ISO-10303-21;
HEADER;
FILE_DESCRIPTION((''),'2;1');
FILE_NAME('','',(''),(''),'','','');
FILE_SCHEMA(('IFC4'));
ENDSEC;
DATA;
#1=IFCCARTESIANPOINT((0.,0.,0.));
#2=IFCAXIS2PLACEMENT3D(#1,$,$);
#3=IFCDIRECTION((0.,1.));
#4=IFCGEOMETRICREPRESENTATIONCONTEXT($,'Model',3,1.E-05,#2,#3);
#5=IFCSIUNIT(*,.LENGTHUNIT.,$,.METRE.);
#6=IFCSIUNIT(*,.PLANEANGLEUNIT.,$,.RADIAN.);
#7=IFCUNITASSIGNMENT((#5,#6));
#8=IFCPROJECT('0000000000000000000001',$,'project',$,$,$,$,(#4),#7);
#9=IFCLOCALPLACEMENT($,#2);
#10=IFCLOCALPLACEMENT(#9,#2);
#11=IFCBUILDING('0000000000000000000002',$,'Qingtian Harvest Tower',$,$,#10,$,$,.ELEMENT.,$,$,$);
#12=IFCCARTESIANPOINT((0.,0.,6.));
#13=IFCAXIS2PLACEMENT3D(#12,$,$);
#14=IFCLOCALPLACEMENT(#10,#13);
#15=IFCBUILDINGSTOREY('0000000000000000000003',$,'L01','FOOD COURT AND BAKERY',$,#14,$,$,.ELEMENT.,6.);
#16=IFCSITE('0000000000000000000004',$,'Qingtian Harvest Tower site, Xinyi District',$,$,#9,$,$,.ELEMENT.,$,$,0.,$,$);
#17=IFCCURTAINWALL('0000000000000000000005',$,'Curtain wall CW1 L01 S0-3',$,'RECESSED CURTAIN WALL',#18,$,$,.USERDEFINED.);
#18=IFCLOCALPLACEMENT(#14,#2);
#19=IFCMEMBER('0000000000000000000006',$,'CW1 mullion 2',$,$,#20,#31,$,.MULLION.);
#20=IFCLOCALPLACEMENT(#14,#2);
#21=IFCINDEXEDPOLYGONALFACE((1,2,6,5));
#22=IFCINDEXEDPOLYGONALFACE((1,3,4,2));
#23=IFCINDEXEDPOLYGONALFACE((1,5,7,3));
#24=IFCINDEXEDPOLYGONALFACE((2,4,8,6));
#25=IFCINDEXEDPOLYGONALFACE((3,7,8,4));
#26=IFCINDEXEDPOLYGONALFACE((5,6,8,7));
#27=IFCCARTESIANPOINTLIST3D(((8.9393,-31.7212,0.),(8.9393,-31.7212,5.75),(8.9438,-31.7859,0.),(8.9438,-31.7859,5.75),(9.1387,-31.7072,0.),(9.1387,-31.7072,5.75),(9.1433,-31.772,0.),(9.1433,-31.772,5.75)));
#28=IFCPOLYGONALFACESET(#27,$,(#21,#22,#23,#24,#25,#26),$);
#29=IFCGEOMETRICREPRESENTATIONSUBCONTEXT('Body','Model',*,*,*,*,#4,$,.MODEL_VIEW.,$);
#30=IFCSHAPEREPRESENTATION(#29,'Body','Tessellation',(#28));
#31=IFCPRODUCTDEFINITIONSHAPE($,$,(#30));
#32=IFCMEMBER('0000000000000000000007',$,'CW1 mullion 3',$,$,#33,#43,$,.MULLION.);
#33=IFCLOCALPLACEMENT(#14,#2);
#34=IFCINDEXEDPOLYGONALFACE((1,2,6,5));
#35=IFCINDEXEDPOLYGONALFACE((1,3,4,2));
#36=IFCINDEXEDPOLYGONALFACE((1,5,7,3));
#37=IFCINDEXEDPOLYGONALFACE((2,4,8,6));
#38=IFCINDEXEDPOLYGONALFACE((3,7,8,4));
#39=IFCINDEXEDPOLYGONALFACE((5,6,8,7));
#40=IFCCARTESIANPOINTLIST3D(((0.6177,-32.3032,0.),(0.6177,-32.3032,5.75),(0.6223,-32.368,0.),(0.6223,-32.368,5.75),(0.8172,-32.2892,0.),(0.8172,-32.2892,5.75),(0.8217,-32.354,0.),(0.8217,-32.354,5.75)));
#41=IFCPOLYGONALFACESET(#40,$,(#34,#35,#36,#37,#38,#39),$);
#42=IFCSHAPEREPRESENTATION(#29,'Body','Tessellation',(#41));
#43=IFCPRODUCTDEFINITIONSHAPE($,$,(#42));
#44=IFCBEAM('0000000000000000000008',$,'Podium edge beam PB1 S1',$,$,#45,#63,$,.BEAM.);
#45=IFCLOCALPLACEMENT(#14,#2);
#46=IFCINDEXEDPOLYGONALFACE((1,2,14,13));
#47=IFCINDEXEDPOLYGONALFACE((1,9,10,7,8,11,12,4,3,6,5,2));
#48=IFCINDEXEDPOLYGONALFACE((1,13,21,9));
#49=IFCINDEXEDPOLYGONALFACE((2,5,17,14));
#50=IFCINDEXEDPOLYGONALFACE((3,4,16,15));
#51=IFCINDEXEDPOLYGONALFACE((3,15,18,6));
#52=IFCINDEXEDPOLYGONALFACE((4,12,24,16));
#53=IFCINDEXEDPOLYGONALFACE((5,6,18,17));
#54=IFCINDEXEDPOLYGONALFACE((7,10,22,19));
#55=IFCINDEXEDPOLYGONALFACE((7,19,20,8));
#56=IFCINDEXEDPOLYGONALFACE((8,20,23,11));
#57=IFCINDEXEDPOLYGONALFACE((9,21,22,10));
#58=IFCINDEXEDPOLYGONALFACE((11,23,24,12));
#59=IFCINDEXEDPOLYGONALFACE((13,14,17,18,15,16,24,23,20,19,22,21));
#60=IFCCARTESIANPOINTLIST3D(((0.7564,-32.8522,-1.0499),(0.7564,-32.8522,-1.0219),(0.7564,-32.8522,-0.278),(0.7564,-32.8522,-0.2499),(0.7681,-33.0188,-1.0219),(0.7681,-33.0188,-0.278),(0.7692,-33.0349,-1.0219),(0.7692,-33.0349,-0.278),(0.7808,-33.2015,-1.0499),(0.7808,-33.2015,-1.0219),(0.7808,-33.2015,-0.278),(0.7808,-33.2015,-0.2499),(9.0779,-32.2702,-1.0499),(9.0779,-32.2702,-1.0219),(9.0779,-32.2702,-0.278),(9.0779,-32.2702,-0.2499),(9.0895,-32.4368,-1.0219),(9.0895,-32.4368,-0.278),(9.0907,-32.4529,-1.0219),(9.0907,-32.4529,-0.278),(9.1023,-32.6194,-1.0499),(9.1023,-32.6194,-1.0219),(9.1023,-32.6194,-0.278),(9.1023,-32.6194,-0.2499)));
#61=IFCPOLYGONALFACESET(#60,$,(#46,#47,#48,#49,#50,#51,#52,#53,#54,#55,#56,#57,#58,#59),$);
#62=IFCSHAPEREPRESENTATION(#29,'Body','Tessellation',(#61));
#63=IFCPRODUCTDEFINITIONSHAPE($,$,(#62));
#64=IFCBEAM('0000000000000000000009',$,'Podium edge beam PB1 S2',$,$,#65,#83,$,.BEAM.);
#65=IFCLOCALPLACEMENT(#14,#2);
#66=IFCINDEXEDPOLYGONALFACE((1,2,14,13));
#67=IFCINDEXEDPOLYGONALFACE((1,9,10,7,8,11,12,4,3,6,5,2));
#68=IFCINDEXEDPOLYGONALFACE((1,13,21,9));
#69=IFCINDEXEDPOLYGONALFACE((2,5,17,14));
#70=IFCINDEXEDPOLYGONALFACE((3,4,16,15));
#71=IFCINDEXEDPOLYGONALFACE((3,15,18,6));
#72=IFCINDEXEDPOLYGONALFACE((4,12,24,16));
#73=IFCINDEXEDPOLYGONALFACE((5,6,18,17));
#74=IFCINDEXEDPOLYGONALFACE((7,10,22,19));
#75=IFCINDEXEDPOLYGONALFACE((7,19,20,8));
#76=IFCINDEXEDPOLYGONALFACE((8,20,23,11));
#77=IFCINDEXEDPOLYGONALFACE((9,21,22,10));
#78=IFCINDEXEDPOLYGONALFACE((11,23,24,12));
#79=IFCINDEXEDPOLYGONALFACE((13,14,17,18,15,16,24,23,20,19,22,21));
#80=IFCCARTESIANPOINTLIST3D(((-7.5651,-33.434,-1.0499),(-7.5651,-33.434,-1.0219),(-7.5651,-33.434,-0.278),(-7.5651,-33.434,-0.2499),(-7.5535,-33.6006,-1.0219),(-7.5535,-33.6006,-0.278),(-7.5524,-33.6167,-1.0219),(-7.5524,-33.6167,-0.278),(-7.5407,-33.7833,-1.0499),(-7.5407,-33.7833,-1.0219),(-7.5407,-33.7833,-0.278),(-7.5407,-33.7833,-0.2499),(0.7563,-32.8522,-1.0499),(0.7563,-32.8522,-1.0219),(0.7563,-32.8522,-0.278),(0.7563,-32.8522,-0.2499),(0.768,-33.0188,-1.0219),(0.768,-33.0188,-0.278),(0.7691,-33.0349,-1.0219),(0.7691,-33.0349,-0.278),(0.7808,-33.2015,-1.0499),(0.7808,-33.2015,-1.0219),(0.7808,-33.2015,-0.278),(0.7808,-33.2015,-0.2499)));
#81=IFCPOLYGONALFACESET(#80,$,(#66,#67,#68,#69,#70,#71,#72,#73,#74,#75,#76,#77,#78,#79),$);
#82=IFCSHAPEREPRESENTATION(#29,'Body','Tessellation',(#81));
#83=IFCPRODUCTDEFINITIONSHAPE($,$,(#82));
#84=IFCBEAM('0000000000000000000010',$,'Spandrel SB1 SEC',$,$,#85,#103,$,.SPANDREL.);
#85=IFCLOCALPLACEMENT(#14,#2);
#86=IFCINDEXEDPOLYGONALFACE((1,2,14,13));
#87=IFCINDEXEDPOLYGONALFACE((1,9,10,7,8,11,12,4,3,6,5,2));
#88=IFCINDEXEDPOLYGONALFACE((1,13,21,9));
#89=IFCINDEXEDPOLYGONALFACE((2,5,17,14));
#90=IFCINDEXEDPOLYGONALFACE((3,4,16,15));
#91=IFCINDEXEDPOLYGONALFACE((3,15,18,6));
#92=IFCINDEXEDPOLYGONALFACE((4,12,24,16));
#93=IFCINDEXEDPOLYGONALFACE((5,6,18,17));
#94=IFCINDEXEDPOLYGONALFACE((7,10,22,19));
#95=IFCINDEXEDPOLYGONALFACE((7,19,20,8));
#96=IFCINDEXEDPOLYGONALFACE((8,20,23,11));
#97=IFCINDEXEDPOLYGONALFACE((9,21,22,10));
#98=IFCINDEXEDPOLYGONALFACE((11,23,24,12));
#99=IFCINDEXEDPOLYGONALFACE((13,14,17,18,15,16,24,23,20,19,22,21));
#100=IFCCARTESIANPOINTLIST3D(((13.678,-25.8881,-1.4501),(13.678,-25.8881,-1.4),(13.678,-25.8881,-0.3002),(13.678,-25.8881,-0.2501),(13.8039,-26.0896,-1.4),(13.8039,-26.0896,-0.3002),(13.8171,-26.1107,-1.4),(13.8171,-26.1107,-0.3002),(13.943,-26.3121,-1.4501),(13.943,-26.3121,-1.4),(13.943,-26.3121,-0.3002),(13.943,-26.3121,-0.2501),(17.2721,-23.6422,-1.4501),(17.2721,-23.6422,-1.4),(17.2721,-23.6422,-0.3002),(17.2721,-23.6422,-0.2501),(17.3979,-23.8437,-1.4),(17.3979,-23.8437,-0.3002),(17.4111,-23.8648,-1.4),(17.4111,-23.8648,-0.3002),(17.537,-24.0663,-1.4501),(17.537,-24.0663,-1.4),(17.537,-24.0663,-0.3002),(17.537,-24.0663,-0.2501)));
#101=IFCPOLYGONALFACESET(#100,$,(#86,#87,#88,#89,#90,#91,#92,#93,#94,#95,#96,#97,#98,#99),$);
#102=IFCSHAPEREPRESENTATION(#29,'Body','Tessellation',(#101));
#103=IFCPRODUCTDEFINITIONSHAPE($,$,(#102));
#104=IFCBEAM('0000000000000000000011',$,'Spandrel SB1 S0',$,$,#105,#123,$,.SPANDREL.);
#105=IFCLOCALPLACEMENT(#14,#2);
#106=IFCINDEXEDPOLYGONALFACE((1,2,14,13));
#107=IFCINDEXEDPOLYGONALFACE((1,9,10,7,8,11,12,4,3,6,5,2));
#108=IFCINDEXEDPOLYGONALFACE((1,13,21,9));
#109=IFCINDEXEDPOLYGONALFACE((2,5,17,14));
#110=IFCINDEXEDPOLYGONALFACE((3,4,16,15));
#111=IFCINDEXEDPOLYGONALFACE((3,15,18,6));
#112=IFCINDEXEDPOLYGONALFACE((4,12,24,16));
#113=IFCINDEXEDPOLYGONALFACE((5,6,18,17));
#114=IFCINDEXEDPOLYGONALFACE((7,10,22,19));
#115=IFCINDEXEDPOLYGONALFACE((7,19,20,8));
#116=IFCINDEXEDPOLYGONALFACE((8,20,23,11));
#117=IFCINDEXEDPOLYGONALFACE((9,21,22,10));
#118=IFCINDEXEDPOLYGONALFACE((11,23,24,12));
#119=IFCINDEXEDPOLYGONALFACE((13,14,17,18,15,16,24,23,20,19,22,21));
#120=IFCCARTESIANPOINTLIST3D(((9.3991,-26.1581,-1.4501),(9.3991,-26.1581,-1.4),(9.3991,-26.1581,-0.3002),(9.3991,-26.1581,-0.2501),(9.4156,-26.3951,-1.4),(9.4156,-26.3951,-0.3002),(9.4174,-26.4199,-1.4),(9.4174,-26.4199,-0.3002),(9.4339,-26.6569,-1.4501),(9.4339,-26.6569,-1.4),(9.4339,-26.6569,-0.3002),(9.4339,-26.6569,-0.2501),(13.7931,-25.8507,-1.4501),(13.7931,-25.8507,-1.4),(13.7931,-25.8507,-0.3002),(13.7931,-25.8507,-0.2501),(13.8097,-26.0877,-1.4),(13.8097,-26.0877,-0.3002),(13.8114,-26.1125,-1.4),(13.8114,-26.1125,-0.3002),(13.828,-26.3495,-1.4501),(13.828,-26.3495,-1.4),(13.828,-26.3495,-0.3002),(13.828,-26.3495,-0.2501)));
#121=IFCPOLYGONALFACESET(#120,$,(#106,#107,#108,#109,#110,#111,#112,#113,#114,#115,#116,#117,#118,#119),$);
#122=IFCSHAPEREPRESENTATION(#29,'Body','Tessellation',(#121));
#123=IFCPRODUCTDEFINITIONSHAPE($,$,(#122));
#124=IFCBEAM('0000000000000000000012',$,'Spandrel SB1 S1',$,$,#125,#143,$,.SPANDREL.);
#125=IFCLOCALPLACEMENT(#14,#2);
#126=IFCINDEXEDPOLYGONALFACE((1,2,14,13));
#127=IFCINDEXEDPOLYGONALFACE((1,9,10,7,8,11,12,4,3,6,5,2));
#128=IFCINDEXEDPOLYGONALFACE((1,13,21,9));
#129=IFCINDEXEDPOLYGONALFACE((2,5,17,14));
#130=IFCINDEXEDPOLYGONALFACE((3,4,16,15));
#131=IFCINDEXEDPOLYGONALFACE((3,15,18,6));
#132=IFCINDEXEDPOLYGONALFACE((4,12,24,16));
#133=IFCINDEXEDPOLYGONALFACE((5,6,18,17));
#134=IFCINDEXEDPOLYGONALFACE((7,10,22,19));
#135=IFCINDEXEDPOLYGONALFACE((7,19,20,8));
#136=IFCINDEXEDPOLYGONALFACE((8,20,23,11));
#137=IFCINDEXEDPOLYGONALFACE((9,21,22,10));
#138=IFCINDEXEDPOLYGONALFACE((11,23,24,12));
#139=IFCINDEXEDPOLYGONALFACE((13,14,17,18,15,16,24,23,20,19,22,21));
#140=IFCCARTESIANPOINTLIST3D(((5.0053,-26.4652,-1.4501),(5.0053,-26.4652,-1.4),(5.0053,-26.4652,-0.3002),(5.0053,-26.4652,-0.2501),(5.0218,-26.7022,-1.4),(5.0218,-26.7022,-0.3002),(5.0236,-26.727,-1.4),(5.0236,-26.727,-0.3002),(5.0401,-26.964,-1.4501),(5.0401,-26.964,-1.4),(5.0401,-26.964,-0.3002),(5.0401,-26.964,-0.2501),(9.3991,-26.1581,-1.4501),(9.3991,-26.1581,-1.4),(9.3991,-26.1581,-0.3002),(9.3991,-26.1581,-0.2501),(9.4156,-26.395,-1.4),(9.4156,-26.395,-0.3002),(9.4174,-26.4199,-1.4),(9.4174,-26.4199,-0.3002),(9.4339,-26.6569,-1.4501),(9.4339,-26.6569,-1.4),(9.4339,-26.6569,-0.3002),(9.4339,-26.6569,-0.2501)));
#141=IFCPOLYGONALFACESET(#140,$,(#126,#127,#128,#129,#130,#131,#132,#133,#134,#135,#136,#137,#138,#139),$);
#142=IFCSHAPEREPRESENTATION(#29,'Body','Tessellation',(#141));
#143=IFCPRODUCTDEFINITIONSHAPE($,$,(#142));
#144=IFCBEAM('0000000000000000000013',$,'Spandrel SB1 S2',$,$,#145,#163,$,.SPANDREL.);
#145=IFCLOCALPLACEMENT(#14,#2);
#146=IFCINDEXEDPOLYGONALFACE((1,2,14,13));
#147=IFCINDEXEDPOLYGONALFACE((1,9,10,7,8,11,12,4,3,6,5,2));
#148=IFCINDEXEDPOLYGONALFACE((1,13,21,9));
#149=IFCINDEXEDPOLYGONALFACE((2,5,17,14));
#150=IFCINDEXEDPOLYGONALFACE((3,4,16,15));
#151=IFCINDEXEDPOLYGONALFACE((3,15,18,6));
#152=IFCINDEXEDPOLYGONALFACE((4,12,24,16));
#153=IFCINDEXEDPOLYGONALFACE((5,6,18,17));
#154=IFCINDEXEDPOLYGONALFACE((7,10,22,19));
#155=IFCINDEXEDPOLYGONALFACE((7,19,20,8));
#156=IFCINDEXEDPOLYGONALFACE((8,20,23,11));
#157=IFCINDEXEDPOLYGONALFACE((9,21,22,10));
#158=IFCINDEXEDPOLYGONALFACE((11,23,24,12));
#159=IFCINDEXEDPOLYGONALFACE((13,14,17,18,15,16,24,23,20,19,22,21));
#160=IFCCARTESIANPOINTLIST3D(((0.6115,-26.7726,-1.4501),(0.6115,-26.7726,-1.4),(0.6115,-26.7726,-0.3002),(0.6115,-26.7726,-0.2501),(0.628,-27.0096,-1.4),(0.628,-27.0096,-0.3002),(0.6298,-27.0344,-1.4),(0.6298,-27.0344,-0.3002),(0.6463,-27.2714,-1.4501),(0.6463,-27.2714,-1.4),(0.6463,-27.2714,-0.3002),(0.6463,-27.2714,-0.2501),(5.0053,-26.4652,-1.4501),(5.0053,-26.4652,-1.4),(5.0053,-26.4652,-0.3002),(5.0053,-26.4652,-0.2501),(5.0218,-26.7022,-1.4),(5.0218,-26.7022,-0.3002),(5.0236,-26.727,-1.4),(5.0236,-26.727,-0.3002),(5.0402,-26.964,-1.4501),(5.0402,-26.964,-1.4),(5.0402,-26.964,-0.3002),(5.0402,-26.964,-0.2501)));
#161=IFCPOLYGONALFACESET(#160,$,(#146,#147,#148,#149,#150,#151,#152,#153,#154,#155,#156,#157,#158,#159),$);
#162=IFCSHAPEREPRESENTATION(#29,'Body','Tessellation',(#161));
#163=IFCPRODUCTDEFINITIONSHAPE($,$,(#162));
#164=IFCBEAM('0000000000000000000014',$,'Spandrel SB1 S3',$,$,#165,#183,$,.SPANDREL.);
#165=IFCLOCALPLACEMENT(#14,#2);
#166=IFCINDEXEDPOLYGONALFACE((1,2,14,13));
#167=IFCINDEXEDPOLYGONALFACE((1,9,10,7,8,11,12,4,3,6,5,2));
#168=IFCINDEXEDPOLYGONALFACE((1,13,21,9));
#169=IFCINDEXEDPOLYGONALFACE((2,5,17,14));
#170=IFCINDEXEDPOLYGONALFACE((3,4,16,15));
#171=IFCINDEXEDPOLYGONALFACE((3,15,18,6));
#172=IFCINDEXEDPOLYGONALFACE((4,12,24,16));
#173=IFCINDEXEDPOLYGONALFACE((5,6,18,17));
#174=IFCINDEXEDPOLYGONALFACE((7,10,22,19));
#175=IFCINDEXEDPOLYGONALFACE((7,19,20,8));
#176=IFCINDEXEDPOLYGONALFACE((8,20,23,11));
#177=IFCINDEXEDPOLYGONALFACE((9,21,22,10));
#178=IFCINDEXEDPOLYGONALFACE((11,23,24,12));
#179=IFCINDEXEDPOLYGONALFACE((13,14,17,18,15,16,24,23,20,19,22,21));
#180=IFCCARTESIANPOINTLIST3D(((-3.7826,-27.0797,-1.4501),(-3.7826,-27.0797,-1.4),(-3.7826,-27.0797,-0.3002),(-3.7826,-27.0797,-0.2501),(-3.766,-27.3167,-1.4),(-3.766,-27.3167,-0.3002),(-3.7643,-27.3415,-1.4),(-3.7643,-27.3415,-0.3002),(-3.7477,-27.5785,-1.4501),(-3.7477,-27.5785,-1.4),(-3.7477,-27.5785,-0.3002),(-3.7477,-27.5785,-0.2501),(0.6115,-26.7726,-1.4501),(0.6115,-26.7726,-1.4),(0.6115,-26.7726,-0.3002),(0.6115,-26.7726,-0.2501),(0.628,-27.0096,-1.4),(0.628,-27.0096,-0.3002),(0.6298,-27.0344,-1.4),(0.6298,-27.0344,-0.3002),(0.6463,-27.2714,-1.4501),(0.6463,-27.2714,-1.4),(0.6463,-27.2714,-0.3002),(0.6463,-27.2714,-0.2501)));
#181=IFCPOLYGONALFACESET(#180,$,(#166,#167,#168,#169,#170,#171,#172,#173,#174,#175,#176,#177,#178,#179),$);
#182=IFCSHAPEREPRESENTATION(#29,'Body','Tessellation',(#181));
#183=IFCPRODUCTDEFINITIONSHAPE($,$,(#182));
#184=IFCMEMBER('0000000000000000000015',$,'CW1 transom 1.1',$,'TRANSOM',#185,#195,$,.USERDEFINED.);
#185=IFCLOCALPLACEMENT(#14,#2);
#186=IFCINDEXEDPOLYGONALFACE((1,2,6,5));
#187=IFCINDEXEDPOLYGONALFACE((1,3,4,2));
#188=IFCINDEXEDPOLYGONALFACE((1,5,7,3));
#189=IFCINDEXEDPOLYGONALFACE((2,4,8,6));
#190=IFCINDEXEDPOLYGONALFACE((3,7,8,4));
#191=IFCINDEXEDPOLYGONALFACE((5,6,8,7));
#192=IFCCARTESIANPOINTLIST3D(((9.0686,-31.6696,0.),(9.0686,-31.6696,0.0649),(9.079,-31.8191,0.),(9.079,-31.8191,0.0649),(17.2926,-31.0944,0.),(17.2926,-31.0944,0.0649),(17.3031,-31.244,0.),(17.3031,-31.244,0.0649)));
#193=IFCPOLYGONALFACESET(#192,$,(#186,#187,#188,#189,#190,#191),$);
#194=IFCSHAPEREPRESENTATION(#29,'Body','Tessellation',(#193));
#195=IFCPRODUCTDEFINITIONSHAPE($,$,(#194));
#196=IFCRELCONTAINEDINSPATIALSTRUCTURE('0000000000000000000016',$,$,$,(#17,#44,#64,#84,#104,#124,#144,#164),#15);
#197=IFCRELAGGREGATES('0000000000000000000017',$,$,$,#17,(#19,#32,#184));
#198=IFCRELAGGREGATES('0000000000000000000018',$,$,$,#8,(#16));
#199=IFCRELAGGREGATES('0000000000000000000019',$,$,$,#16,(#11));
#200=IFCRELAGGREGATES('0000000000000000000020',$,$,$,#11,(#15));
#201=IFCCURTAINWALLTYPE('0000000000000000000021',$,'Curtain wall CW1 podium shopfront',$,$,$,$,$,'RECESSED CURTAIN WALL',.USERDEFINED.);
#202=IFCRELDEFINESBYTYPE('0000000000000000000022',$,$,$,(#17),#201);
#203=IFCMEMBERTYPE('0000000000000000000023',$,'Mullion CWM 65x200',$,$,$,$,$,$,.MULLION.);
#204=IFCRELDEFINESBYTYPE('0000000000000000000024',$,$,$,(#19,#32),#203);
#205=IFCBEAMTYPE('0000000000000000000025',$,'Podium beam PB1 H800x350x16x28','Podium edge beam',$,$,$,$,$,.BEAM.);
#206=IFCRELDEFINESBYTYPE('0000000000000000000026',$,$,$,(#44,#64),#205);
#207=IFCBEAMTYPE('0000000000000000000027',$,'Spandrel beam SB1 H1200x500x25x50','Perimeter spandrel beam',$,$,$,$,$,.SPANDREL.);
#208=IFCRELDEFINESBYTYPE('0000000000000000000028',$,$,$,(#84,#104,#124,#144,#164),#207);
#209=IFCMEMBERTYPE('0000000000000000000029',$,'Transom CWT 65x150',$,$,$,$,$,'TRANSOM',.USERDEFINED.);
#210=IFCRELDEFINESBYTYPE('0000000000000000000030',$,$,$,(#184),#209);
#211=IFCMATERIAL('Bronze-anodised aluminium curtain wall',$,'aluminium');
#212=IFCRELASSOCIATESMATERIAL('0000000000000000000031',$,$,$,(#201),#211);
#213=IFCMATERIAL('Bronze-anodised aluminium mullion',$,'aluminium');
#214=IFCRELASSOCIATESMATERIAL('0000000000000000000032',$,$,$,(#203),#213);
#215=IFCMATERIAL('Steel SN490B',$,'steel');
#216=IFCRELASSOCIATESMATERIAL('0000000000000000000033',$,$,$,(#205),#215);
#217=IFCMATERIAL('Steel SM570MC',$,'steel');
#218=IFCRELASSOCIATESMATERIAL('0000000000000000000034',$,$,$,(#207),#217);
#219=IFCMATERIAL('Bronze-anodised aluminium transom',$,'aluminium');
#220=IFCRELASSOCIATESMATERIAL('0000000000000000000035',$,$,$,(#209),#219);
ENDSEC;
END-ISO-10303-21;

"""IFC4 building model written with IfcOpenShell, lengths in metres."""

from ifc_helpers import new_model, si_unit, direction, frame, origin, origin_2d, place, context, subcontext, project, spatial, rectangle, i_section, extrude, material, material_profile, profile_set, type_object, element, aggregate, save


model = new_model("IFC4")

# Units and contexts
model_context = context("Model", 3, precision=1e-05, world=origin(), true_north=direction((0.0, 1.0)))
body_context = subcontext(model_context, "Body", "Model", "MODEL_VIEW")
ifc_project = project(units=[si_unit("LENGTHUNIT", "METRE"), si_unit("PLANEANGLEUNIT", "RADIAN")], contexts=[model_context])

# Site, building, storey
site_placement = place(None, origin())
site = spatial("IfcSite", under=ifc_project, at=site_placement, Name="Qingtian Harvest Tower site, Xinyi District", CompositionType="ELEMENT", RefElevation=0.0)
building_placement = place(site_placement, origin())
building = spatial("IfcBuilding", under=site, at=building_placement, Name="Qingtian Harvest Tower", CompositionType="ELEMENT")
storey_placement = place(building_placement, frame((0.0, 0.0, 6.0)))
storey = spatial("IfcBuildingStorey", under=building, at=storey_placement, Name="L01", Description="FOOD COURT AND BAKERY", CompositionType="ELEMENT", Elevation=6.0)

# Shared definitions
ifc_material_1 = material(Name="Bronze-anodised aluminium curtain wall", Category="aluminium")
curtain_wall_type = type_object("IfcCurtainWallType", Name="Curtain wall CW1 podium shopfront", ElementType="RECESSED CURTAIN WALL", PredefinedType="USERDEFINED", material=ifc_material_1)
ifc_material_2 = material(Name="Bronze-anodised aluminium mullion", Category="aluminium")
ifc_material_profile_1 = material_profile(ifc_material_2, rectangle(XDim=0.0649, YDim=0.2, at=origin_2d()), Name="AL 65x200")
ifc_profile_set_1 = profile_set([ifc_material_profile_1], Name="Bronze-anodised aluminium mullion")
member_type_1 = type_object("IfcMemberType", Name="Mullion CWM 65x200", PredefinedType="MULLION", material=ifc_profile_set_1)

# Curtain wall, members
curtain_wall_1_placement = place(storey_placement, origin())
curtain_wall_1 = element("IfcCurtainWall", 1, at=curtain_wall_1_placement, inside=storey, type_object=curtain_wall_type, Name="Curtain wall CW1 L01 S0-3", ObjectType="RECESSED CURTAIN WALL", PredefinedType="USERDEFINED")
member_1_placement = place(storey_placement, frame((9.0413, -31.7466, 0.0), z_axis=(0.0, 0.0, 1.0), x_axis=(0.069756, -0.997564, 0.0)))
member_1 = element("IfcMember", 2, at=member_1_placement, type_object=member_type_1, Name="CW1 mullion 2", PredefinedType="MULLION", context=body_context, shape_type="SweptSolid", body=[
    extrude(rectangle(XDim=0.0649, YDim=0.2, at=origin_2d()), origin(), (0.0, 0.0, 1.0), 5.75),
])
member_2_placement = place(storey_placement, frame((0.7197, -32.3286, 0.0), z_axis=(0.0, 0.0, 1.0), x_axis=(0.069756, -0.997564, 0.0)))
member_2 = element("IfcMember", 3, at=member_2_placement, type_object=member_type_1, Name="CW1 mullion 3", PredefinedType="MULLION", context=body_context, shape_type="SweptSolid", body=[
    extrude(rectangle(XDim=0.0649, YDim=0.2, at=origin_2d()), origin(), (0.0, 0.0, 1.0), 5.75),
])

# Beams
ifc_material_3 = material(Name="Steel SN490B", Category="steel")
ifc_material_profile_2 = material_profile(ifc_material_3, i_section(OverallWidth=0.3501, OverallDepth=0.8, WebThickness=0.0161, FlangeThickness=0.0281, at=origin_2d()), Name="H800x350x16x28")
ifc_profile_set_2 = profile_set([ifc_material_profile_2], Name="Steel SN490B")
beam_type_1 = type_object("IfcBeamType", Name="Podium beam PB1 H800x350x16x28", Description="Podium edge beam", PredefinedType="BEAM", material=ifc_profile_set_2)
for number, where, z_axis, x_axis, name in (
    (4, (9.0901, -32.4448, -0.6499), (-0.997563, -0.069772, 0.0), (0.069772, -0.997563, 0.0), "Podium edge beam PB1 S1"),
    (5, (0.7686, -33.0269, -0.6499), (-0.997565, -0.069743, 0.0), (0.069743, -0.997565, 0.0), "Podium edge beam PB1 S2"),
):
    element("IfcBeam", number, at=place(storey_placement, frame(where, z_axis=z_axis, x_axis=x_axis)), inside=storey, type_object=beam_type_1, Name=name, PredefinedType="BEAM", context=body_context, shape_type="SweptSolid", body=[
        extrude(i_section(OverallWidth=0.3501, OverallDepth=0.8, WebThickness=0.0161, FlangeThickness=0.0281, at=origin_2d()), origin(), (0.0, 0.0, 1.0), 8.3418),
    ])
ifc_material_4 = material(Name="Steel SM570MC", Category="steel")
ifc_material_profile_3 = material_profile(ifc_material_4, i_section(OverallWidth=0.5, OverallDepth=1.2, WebThickness=0.0249, FlangeThickness=0.05, at=origin_2d()), Name="H1200x500x25x50")
ifc_profile_set_3 = profile_set([ifc_material_profile_3], Name="Steel SM570MC")
beam_type_2 = type_object("IfcBeamType", Name="Spandrel beam SB1 H1200x500x25x50", Description="Perimeter spandrel beam", PredefinedType="SPANDREL", material=ifc_profile_set_3)
beam_1_placement = place(storey_placement, frame((17.4045, -23.8542, -0.8501), z_axis=(-0.84804, -0.529932, 0.0), x_axis=(0.529932, -0.84804, 0.0)))
element("IfcBeam", 6, at=beam_1_placement, inside=storey, type_object=beam_type_2, Name="Spandrel SB1 SEC", PredefinedType="SPANDREL", context=body_context, shape_type="SweptSolid", body=[
    extrude(i_section(OverallWidth=0.5, OverallDepth=1.2, WebThickness=0.0249, FlangeThickness=0.05, at=origin_2d()), origin(), (0.0, 0.0, 1.0), 4.238),
])
beam_2_placement = place(storey_placement, frame((13.8105, -26.1001, -0.8501), z_axis=(-0.997562, -0.069782, 0.0), x_axis=(0.069782, -0.997562, 0.0)))
element("IfcBeam", 7, at=beam_2_placement, inside=storey, type_object=beam_type_2, Name="Spandrel SB1 S0", PredefinedType="SPANDREL", context=body_context, shape_type="SweptSolid", body=[
    extrude(i_section(OverallWidth=0.5, OverallDepth=1.2, WebThickness=0.0249, FlangeThickness=0.05, at=origin_2d()), origin(), (0.0, 0.0, 1.0), 4.4048),
])
for number, where, z_axis, x_axis, name in (
    (8, (9.4165, -26.4075, -0.8501), (-0.997566, -0.06973, 0.0), (0.06973, -0.997566, 0.0), "Spandrel SB1 S1"),
    (9, (5.0227, -26.7146, -0.8501), (-0.997562, -0.069786, 0.0), (0.069786, -0.997562, 0.0), "Spandrel SB1 S2"),
):
    element("IfcBeam", number, at=place(storey_placement, frame(where, z_axis=z_axis, x_axis=x_axis)), inside=storey, type_object=beam_type_2, Name=name, PredefinedType="SPANDREL", context=body_context, shape_type="SweptSolid", body=[
        extrude(i_section(OverallWidth=0.5, OverallDepth=1.2, WebThickness=0.0249, FlangeThickness=0.05, at=origin_2d()), origin(), (0.0, 0.0, 1.0), 4.4045),
    ])
beam_3_placement = place(storey_placement, frame((0.6289, -27.022, -0.8501), z_axis=(-0.997566, -0.069727, 0.0), x_axis=(0.069727, -0.997566, 0.0)))
element("IfcBeam", 10, at=beam_3_placement, inside=storey, type_object=beam_type_2, Name="Spandrel SB1 S3", PredefinedType="SPANDREL", context=body_context, shape_type="SweptSolid", body=[
    extrude(i_section(OverallWidth=0.5, OverallDepth=1.2, WebThickness=0.0249, FlangeThickness=0.05, at=origin_2d()), origin(), (0.0, 0.0, 1.0), 4.4048),
])

# Member
ifc_material_5 = material(Name="Bronze-anodised aluminium transom", Category="aluminium")
ifc_material_profile_4 = material_profile(ifc_material_5, rectangle(XDim=0.1499, YDim=0.0649, at=origin_2d()), Name="AL 65x150")
ifc_profile_set_4 = profile_set([ifc_material_profile_4], Name="Bronze-anodised aluminium transom")
member_type_2 = type_object("IfcMemberType", Name="Transom CWT 65x150", ElementType="TRANSOM", PredefinedType="USERDEFINED", material=ifc_profile_set_4)
member_3_placement = place(storey_placement, frame((17.2979, -31.1692, 0.0325), z_axis=(-0.997563, -0.06977, 0.0), x_axis=(0.06977, -0.997563, 0.0)))
member_3 = element("IfcMember", 11, at=member_3_placement, type_object=member_type_2, Name="CW1 transom 1.1", ObjectType="TRANSOM", PredefinedType="USERDEFINED", context=body_context, shape_type="SweptSolid", body=[
    extrude(rectangle(XDim=0.1499, YDim=0.0649, at=origin_2d()), origin(), (0.0, 0.0, 1.0), 8.2441),
])

aggregate(curtain_wall_1, [member_1, member_2, member_3])

save(model, "model.ifc")
